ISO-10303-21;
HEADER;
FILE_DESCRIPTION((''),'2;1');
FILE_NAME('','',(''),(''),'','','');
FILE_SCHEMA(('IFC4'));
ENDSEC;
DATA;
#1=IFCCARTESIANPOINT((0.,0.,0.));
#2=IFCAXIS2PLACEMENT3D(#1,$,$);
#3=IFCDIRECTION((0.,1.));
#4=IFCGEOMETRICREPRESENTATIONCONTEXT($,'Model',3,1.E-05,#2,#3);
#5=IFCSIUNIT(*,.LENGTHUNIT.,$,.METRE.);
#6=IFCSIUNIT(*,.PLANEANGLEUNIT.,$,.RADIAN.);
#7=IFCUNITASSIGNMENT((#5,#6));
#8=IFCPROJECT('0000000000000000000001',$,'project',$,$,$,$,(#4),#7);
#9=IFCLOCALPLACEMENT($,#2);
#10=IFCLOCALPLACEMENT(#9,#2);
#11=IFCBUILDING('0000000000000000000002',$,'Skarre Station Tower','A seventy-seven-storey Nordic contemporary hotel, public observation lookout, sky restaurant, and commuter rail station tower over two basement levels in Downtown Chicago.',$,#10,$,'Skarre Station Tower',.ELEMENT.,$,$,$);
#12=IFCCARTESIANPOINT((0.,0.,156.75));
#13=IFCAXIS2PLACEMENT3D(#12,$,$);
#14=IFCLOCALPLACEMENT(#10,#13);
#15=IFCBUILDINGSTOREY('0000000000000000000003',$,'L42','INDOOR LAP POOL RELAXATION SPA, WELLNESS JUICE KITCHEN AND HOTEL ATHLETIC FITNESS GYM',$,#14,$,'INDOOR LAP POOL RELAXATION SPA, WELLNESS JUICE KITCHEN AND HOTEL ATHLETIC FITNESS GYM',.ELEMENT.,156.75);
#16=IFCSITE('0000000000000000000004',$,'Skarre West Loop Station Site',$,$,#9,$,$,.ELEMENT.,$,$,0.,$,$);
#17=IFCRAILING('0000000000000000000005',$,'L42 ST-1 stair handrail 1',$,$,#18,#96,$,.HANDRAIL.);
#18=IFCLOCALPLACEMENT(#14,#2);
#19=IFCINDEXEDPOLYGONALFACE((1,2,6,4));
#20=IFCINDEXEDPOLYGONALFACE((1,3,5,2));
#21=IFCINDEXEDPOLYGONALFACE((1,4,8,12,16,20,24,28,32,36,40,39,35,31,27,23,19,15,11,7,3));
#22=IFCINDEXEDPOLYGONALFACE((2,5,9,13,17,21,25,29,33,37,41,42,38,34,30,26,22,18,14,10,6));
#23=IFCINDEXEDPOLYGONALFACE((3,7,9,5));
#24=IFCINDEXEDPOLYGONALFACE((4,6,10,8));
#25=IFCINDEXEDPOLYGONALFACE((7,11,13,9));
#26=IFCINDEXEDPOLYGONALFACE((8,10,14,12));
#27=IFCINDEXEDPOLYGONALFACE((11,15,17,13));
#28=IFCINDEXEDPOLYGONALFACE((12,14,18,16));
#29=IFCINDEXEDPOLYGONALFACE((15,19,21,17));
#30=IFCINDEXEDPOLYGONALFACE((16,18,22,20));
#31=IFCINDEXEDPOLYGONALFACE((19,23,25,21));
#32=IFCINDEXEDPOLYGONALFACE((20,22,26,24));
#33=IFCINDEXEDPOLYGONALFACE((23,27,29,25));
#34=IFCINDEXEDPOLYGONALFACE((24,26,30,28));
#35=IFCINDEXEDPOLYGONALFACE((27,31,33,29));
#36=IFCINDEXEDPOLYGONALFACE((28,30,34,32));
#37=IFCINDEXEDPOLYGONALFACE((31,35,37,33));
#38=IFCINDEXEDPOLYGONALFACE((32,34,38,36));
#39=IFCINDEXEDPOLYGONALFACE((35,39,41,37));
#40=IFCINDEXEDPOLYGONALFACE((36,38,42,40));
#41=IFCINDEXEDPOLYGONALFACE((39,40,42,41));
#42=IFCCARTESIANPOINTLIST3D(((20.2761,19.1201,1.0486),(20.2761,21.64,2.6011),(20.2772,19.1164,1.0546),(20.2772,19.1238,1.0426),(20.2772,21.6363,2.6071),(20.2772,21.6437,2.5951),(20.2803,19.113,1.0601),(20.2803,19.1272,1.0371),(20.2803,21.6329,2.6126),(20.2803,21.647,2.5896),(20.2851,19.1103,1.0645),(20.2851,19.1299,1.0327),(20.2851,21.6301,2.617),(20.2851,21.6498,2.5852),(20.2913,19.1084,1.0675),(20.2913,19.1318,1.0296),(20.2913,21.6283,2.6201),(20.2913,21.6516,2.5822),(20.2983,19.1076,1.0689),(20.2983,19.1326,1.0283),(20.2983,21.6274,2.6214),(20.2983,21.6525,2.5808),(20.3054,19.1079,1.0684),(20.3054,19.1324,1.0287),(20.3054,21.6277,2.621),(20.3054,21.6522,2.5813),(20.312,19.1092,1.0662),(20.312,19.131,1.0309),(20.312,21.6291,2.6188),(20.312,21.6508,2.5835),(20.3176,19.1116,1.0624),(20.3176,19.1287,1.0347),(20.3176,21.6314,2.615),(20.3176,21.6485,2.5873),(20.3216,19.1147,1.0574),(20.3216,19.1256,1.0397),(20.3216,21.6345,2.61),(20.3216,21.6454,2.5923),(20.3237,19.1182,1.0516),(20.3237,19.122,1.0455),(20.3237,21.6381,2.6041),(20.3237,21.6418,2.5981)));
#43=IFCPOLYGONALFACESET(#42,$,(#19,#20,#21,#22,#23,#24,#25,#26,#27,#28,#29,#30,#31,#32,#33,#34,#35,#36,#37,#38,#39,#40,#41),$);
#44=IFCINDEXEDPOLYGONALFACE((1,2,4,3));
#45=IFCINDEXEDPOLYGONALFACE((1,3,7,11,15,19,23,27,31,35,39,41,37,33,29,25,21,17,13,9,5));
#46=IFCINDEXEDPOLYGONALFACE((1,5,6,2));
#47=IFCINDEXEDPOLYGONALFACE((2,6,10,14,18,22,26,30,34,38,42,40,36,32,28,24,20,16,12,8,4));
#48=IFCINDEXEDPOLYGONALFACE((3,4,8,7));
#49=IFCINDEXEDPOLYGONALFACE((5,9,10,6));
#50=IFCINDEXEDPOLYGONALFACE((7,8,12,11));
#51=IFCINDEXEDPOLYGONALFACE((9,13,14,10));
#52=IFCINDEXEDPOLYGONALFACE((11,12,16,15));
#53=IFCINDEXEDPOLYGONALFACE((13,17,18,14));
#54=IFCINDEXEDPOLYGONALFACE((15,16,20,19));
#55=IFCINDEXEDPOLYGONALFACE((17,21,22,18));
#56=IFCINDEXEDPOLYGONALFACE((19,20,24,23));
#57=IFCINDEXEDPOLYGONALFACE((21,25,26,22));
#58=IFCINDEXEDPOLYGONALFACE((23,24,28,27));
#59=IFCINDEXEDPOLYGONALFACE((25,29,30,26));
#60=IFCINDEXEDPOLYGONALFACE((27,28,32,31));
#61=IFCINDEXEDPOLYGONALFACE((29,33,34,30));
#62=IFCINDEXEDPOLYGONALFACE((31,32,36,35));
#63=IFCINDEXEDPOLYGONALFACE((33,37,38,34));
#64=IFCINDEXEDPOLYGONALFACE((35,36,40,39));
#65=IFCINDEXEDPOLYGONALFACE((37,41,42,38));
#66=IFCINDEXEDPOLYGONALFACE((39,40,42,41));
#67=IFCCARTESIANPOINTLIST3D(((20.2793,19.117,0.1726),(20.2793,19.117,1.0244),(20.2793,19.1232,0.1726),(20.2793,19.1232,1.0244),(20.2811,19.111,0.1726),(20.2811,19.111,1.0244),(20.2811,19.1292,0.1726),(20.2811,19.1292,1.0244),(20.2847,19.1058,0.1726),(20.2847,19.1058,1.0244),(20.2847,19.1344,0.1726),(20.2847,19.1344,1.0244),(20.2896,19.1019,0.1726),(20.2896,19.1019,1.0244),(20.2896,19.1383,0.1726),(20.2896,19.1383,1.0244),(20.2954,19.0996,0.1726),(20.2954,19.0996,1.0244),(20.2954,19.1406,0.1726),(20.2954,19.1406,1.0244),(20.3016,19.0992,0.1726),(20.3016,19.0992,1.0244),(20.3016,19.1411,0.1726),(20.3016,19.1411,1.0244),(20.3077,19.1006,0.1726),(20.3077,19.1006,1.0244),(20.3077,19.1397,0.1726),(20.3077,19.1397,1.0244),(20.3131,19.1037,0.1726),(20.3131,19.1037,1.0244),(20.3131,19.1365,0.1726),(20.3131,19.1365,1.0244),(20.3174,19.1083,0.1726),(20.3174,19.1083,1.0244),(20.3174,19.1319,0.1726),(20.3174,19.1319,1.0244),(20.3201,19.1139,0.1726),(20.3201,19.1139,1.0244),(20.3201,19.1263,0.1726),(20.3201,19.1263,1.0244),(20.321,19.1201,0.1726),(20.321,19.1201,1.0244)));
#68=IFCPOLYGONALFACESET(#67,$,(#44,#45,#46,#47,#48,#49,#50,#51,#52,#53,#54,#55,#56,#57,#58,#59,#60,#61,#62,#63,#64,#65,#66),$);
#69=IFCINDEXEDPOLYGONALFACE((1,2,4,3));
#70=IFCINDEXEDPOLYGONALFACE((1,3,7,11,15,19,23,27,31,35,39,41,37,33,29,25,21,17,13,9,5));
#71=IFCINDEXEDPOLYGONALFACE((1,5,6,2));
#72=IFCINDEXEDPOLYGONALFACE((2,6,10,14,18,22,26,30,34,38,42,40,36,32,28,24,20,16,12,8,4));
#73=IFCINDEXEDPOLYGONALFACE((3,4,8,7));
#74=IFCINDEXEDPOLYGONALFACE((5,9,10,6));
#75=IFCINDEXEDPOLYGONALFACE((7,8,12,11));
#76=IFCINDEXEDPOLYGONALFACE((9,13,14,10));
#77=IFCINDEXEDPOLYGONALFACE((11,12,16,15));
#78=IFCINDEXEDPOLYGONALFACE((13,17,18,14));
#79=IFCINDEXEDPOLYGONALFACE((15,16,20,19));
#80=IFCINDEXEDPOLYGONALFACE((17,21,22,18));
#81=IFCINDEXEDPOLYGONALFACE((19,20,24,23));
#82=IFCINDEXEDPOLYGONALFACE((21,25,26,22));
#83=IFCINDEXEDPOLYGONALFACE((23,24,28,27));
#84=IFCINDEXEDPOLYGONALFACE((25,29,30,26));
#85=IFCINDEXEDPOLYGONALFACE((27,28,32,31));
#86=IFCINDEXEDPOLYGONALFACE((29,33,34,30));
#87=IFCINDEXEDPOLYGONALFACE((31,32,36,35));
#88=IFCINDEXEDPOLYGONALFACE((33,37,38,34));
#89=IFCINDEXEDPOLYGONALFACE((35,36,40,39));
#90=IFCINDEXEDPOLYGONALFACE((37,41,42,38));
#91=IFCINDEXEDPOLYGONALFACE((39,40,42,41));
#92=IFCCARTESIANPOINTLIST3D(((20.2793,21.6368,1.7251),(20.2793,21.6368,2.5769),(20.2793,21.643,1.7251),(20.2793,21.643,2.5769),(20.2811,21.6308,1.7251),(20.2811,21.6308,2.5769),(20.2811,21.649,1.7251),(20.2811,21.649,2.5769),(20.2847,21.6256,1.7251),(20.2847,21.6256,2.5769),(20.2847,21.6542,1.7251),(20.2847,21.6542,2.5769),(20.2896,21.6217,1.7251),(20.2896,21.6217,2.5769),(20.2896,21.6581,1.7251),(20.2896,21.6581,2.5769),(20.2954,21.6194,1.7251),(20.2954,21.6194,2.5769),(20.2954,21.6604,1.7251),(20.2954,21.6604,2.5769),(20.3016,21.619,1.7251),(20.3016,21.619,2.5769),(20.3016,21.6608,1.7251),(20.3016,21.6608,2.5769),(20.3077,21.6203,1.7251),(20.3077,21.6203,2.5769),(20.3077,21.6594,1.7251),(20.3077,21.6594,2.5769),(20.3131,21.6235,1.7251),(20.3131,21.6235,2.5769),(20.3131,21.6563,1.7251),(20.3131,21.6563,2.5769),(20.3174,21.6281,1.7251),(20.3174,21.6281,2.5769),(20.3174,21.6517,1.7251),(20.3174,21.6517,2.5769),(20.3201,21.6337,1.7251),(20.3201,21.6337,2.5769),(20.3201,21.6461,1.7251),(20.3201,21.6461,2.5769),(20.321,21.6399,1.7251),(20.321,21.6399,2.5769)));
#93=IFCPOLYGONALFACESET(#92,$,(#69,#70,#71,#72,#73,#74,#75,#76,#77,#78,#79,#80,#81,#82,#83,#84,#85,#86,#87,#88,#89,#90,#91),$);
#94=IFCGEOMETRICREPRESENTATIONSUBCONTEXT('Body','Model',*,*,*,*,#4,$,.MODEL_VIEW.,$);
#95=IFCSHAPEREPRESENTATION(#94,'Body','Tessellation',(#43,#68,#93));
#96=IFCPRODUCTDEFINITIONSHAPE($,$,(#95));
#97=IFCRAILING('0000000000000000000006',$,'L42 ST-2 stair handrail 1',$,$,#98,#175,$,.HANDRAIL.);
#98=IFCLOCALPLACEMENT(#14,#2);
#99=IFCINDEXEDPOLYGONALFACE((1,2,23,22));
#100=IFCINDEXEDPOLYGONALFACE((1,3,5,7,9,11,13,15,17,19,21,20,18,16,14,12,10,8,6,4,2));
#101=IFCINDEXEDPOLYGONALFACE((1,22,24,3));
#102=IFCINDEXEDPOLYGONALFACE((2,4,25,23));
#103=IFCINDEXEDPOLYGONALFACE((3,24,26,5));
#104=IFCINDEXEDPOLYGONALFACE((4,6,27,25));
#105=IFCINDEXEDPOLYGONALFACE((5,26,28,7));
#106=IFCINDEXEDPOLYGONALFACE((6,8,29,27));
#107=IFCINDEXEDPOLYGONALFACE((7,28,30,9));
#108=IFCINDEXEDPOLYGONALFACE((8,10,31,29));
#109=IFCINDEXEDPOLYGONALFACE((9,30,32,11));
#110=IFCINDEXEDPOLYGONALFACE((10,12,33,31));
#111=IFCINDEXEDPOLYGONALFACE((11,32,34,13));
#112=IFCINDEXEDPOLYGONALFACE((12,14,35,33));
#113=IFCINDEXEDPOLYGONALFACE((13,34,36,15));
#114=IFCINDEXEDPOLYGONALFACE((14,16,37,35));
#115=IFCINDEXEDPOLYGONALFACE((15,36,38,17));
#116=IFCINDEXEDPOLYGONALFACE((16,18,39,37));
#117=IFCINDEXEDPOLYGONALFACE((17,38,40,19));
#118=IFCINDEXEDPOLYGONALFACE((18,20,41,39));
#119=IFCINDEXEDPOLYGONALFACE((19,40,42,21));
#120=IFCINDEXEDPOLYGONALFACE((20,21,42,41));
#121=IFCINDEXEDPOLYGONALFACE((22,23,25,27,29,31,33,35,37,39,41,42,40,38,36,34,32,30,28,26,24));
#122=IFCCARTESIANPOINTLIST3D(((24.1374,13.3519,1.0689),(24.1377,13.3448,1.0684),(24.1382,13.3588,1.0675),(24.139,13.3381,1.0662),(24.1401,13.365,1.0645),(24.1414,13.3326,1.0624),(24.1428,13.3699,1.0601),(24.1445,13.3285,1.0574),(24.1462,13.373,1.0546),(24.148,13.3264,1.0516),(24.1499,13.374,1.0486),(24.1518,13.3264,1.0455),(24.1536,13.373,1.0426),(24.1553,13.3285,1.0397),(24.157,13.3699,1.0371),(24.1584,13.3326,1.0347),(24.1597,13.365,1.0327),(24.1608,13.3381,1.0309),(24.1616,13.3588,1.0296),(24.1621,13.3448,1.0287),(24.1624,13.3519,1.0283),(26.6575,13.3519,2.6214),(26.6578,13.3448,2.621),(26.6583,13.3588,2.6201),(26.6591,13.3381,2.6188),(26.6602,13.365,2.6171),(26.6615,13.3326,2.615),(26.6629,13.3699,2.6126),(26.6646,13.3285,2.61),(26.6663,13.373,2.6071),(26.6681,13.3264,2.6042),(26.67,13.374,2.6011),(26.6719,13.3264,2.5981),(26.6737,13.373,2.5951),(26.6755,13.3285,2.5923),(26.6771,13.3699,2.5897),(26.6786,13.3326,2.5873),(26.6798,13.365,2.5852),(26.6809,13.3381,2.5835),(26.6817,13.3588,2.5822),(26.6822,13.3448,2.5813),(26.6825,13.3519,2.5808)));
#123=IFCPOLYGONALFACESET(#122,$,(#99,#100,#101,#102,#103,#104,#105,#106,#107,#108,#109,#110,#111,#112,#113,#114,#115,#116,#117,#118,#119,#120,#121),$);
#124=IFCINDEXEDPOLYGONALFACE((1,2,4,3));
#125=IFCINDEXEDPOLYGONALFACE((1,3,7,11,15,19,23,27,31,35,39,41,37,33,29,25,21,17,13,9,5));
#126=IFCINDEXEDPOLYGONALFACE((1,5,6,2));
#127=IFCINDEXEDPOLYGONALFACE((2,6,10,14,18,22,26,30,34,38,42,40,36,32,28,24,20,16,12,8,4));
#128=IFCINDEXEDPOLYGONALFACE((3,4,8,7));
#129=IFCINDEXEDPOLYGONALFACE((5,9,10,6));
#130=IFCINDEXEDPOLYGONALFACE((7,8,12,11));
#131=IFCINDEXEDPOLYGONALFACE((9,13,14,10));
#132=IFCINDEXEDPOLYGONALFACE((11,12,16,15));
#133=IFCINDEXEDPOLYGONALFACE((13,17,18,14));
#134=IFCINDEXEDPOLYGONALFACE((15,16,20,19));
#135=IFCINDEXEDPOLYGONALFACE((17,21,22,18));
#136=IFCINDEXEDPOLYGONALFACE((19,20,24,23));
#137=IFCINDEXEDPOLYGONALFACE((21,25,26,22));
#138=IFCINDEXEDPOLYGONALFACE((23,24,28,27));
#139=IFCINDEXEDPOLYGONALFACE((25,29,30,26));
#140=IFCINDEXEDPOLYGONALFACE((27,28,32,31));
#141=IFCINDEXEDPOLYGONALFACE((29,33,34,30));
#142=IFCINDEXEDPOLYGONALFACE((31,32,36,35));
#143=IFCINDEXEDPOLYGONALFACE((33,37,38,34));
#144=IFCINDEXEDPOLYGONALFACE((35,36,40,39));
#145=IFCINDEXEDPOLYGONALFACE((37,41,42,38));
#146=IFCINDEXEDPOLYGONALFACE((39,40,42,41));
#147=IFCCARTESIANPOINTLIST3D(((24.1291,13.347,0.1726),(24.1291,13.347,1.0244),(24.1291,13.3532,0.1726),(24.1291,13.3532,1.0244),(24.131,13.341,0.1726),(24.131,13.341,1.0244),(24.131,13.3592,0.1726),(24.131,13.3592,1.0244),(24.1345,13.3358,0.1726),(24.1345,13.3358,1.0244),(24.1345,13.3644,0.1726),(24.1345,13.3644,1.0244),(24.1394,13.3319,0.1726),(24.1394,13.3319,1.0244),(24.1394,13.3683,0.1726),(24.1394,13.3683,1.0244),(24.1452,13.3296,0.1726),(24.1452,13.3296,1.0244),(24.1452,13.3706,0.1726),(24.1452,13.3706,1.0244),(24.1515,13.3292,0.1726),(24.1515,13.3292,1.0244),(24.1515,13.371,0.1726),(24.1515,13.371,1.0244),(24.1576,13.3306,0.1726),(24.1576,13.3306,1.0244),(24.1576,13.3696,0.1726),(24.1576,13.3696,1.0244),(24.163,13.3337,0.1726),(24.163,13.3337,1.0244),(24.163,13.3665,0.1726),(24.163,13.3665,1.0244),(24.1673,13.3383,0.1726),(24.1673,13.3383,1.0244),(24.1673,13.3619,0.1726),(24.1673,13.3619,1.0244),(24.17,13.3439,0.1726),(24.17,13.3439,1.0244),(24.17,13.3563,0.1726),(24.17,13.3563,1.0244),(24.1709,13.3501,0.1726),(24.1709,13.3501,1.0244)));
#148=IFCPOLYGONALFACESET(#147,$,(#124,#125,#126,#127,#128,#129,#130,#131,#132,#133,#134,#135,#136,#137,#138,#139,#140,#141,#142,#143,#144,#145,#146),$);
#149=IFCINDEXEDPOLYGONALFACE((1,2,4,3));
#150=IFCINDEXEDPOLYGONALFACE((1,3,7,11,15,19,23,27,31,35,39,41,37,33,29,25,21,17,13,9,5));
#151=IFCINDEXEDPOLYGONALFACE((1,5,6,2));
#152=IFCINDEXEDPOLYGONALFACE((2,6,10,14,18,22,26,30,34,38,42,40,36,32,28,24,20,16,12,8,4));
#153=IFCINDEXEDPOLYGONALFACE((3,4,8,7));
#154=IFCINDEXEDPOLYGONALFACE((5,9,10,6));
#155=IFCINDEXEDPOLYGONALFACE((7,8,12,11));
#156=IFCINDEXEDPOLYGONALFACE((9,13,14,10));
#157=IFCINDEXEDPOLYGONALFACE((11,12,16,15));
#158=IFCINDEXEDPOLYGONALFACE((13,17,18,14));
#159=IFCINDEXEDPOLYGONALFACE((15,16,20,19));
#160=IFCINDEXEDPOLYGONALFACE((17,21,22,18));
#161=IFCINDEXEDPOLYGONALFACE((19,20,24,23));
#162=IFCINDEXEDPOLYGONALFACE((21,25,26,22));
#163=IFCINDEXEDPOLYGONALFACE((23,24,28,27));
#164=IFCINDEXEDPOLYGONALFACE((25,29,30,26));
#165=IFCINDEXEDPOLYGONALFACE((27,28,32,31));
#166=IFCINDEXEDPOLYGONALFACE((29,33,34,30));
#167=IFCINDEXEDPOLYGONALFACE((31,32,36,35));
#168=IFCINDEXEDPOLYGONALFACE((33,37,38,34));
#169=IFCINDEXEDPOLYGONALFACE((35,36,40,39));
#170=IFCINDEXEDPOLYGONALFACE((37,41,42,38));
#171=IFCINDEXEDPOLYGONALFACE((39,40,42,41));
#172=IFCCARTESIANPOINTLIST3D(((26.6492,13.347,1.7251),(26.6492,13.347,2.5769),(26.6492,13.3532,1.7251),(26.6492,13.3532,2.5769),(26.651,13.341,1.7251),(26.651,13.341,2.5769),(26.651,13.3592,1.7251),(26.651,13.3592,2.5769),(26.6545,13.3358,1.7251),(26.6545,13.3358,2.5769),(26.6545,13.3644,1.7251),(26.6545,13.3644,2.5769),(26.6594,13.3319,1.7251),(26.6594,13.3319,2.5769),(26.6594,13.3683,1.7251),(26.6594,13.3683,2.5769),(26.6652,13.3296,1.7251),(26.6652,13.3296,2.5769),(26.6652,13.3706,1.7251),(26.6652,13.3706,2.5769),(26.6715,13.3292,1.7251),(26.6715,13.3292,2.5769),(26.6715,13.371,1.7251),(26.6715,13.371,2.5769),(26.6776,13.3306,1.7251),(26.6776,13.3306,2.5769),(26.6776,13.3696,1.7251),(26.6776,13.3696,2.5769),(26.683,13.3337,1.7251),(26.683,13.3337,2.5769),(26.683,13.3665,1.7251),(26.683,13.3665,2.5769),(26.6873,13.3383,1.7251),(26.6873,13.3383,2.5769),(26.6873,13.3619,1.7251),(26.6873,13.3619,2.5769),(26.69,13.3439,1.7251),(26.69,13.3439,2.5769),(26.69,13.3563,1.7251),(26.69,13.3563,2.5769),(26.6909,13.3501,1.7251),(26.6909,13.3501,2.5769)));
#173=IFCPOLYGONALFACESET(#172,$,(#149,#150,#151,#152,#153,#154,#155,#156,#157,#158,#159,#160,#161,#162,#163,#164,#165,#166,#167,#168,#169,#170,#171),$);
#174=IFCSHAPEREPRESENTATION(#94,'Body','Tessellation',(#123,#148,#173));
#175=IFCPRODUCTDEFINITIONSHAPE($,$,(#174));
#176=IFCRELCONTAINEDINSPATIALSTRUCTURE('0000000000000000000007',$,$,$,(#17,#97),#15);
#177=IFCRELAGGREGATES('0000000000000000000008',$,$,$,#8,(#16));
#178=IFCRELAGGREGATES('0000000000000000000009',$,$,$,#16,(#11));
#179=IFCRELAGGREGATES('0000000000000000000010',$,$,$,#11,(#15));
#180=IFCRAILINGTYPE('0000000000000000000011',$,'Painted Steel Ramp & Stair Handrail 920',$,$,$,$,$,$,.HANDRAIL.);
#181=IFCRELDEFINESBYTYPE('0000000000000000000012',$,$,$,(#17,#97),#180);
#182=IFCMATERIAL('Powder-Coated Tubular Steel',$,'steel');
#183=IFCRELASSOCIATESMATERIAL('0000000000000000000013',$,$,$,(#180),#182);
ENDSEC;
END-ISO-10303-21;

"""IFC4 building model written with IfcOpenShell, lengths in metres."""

from ifc_helpers import new_model, si_unit, direction, frame, origin, origin_2d, place, context, subcontext, project, spatial, circle, extrude, material, type_object, element, save


model = new_model("IFC4")

# Units and contexts
model_context = context("Model", 3, precision=1e-05, world=origin(), true_north=direction((0.0, 1.0)))
body_context = subcontext(model_context, "Body", "Model", "MODEL_VIEW")
ifc_project = project(units=[si_unit("LENGTHUNIT", "METRE"), si_unit("PLANEANGLEUNIT", "RADIAN")], contexts=[model_context])

# Site, building, storey
site_placement = place(None, origin())
site = spatial("IfcSite", under=ifc_project, at=site_placement, Name="Skarre West Loop Station Site", CompositionType="ELEMENT", RefElevation=0.0)
building_placement = place(site_placement, origin())
building = spatial("IfcBuilding", under=site, at=building_placement, Name="Skarre Station Tower", Description="A seventy-seven-storey Nordic contemporary hotel, public observation lookout, sky restaurant, and commuter rail station tower over two basement levels in Downtown Chicago.", LongName="Skarre Station Tower", CompositionType="ELEMENT")
storey_placement = place(building_placement, frame((0.0, 0.0, 156.75)))
storey = spatial("IfcBuildingStorey", under=building, at=storey_placement, Name="L42", Description="INDOOR LAP POOL RELAXATION SPA, WELLNESS JUICE KITCHEN AND HOTEL ATHLETIC FITNESS GYM", LongName="INDOOR LAP POOL RELAXATION SPA, WELLNESS JUICE KITCHEN AND HOTEL ATHLETIC FITNESS GYM", CompositionType="ELEMENT", Elevation=156.75)

# Railings
ifc_material_1 = material(Name="Powder-Coated Tubular Steel", Category="steel")
railing_type_1 = type_object("IfcRailingType", Name="Painted Steel Ramp & Stair Handrail 920", PredefinedType="HANDRAIL", material=ifc_material_1)
railing_1_placement = place(storey_placement, frame((20.3, 19.1201, 0.1726)))
element("IfcRailing", 1, at=railing_1_placement, inside=storey, type_object=railing_type_1, Name="L42 ST-1 stair handrail 1", PredefinedType="HANDRAIL", context=body_context, shape_type="SweptSolid", body=[
    extrude(circle(Radius=0.0239, at=origin_2d()), frame((0.0, 0.0, 0.876), z_axis=(0.0, 0.851378, 0.524553), x_axis=(-1.0, 0.0, 0.0)), (0.0, 0.0, 1.0), 2.9597),
    extrude(circle(Radius=0.021, at=origin_2d()), origin(), (0.0, 0.0, 1.0), 0.8518),
    extrude(circle(Radius=0.021, at=origin_2d()), frame((0.0, 2.5198, 1.5525)), (0.0, 0.0, 1.0), 0.8518),
])
railing_2_placement = place(storey_placement, frame((24.1499, 13.3501, 0.1726)))
element("IfcRailing", 2, at=railing_2_placement, inside=storey, type_object=railing_type_1, Name="L42 ST-2 stair handrail 1", PredefinedType="HANDRAIL", context=body_context, shape_type="SweptSolid", body=[
    extrude(circle(Radius=0.0239, at=origin_2d()), frame((0.0, 0.0, 0.876), z_axis=(0.8514, 0.0, 0.524516), x_axis=(0.0, 1.0, 0.0)), (0.0, 0.0, 1.0), 2.96),
    extrude(circle(Radius=0.021, at=origin_2d()), origin(), (0.0, 0.0, 1.0), 0.8518),
    extrude(circle(Radius=0.021, at=origin_2d()), frame((2.52, 0.0, 1.5525)), (0.0, 0.0, 1.0), 0.8518),
])

save(model, "model.ifc")
